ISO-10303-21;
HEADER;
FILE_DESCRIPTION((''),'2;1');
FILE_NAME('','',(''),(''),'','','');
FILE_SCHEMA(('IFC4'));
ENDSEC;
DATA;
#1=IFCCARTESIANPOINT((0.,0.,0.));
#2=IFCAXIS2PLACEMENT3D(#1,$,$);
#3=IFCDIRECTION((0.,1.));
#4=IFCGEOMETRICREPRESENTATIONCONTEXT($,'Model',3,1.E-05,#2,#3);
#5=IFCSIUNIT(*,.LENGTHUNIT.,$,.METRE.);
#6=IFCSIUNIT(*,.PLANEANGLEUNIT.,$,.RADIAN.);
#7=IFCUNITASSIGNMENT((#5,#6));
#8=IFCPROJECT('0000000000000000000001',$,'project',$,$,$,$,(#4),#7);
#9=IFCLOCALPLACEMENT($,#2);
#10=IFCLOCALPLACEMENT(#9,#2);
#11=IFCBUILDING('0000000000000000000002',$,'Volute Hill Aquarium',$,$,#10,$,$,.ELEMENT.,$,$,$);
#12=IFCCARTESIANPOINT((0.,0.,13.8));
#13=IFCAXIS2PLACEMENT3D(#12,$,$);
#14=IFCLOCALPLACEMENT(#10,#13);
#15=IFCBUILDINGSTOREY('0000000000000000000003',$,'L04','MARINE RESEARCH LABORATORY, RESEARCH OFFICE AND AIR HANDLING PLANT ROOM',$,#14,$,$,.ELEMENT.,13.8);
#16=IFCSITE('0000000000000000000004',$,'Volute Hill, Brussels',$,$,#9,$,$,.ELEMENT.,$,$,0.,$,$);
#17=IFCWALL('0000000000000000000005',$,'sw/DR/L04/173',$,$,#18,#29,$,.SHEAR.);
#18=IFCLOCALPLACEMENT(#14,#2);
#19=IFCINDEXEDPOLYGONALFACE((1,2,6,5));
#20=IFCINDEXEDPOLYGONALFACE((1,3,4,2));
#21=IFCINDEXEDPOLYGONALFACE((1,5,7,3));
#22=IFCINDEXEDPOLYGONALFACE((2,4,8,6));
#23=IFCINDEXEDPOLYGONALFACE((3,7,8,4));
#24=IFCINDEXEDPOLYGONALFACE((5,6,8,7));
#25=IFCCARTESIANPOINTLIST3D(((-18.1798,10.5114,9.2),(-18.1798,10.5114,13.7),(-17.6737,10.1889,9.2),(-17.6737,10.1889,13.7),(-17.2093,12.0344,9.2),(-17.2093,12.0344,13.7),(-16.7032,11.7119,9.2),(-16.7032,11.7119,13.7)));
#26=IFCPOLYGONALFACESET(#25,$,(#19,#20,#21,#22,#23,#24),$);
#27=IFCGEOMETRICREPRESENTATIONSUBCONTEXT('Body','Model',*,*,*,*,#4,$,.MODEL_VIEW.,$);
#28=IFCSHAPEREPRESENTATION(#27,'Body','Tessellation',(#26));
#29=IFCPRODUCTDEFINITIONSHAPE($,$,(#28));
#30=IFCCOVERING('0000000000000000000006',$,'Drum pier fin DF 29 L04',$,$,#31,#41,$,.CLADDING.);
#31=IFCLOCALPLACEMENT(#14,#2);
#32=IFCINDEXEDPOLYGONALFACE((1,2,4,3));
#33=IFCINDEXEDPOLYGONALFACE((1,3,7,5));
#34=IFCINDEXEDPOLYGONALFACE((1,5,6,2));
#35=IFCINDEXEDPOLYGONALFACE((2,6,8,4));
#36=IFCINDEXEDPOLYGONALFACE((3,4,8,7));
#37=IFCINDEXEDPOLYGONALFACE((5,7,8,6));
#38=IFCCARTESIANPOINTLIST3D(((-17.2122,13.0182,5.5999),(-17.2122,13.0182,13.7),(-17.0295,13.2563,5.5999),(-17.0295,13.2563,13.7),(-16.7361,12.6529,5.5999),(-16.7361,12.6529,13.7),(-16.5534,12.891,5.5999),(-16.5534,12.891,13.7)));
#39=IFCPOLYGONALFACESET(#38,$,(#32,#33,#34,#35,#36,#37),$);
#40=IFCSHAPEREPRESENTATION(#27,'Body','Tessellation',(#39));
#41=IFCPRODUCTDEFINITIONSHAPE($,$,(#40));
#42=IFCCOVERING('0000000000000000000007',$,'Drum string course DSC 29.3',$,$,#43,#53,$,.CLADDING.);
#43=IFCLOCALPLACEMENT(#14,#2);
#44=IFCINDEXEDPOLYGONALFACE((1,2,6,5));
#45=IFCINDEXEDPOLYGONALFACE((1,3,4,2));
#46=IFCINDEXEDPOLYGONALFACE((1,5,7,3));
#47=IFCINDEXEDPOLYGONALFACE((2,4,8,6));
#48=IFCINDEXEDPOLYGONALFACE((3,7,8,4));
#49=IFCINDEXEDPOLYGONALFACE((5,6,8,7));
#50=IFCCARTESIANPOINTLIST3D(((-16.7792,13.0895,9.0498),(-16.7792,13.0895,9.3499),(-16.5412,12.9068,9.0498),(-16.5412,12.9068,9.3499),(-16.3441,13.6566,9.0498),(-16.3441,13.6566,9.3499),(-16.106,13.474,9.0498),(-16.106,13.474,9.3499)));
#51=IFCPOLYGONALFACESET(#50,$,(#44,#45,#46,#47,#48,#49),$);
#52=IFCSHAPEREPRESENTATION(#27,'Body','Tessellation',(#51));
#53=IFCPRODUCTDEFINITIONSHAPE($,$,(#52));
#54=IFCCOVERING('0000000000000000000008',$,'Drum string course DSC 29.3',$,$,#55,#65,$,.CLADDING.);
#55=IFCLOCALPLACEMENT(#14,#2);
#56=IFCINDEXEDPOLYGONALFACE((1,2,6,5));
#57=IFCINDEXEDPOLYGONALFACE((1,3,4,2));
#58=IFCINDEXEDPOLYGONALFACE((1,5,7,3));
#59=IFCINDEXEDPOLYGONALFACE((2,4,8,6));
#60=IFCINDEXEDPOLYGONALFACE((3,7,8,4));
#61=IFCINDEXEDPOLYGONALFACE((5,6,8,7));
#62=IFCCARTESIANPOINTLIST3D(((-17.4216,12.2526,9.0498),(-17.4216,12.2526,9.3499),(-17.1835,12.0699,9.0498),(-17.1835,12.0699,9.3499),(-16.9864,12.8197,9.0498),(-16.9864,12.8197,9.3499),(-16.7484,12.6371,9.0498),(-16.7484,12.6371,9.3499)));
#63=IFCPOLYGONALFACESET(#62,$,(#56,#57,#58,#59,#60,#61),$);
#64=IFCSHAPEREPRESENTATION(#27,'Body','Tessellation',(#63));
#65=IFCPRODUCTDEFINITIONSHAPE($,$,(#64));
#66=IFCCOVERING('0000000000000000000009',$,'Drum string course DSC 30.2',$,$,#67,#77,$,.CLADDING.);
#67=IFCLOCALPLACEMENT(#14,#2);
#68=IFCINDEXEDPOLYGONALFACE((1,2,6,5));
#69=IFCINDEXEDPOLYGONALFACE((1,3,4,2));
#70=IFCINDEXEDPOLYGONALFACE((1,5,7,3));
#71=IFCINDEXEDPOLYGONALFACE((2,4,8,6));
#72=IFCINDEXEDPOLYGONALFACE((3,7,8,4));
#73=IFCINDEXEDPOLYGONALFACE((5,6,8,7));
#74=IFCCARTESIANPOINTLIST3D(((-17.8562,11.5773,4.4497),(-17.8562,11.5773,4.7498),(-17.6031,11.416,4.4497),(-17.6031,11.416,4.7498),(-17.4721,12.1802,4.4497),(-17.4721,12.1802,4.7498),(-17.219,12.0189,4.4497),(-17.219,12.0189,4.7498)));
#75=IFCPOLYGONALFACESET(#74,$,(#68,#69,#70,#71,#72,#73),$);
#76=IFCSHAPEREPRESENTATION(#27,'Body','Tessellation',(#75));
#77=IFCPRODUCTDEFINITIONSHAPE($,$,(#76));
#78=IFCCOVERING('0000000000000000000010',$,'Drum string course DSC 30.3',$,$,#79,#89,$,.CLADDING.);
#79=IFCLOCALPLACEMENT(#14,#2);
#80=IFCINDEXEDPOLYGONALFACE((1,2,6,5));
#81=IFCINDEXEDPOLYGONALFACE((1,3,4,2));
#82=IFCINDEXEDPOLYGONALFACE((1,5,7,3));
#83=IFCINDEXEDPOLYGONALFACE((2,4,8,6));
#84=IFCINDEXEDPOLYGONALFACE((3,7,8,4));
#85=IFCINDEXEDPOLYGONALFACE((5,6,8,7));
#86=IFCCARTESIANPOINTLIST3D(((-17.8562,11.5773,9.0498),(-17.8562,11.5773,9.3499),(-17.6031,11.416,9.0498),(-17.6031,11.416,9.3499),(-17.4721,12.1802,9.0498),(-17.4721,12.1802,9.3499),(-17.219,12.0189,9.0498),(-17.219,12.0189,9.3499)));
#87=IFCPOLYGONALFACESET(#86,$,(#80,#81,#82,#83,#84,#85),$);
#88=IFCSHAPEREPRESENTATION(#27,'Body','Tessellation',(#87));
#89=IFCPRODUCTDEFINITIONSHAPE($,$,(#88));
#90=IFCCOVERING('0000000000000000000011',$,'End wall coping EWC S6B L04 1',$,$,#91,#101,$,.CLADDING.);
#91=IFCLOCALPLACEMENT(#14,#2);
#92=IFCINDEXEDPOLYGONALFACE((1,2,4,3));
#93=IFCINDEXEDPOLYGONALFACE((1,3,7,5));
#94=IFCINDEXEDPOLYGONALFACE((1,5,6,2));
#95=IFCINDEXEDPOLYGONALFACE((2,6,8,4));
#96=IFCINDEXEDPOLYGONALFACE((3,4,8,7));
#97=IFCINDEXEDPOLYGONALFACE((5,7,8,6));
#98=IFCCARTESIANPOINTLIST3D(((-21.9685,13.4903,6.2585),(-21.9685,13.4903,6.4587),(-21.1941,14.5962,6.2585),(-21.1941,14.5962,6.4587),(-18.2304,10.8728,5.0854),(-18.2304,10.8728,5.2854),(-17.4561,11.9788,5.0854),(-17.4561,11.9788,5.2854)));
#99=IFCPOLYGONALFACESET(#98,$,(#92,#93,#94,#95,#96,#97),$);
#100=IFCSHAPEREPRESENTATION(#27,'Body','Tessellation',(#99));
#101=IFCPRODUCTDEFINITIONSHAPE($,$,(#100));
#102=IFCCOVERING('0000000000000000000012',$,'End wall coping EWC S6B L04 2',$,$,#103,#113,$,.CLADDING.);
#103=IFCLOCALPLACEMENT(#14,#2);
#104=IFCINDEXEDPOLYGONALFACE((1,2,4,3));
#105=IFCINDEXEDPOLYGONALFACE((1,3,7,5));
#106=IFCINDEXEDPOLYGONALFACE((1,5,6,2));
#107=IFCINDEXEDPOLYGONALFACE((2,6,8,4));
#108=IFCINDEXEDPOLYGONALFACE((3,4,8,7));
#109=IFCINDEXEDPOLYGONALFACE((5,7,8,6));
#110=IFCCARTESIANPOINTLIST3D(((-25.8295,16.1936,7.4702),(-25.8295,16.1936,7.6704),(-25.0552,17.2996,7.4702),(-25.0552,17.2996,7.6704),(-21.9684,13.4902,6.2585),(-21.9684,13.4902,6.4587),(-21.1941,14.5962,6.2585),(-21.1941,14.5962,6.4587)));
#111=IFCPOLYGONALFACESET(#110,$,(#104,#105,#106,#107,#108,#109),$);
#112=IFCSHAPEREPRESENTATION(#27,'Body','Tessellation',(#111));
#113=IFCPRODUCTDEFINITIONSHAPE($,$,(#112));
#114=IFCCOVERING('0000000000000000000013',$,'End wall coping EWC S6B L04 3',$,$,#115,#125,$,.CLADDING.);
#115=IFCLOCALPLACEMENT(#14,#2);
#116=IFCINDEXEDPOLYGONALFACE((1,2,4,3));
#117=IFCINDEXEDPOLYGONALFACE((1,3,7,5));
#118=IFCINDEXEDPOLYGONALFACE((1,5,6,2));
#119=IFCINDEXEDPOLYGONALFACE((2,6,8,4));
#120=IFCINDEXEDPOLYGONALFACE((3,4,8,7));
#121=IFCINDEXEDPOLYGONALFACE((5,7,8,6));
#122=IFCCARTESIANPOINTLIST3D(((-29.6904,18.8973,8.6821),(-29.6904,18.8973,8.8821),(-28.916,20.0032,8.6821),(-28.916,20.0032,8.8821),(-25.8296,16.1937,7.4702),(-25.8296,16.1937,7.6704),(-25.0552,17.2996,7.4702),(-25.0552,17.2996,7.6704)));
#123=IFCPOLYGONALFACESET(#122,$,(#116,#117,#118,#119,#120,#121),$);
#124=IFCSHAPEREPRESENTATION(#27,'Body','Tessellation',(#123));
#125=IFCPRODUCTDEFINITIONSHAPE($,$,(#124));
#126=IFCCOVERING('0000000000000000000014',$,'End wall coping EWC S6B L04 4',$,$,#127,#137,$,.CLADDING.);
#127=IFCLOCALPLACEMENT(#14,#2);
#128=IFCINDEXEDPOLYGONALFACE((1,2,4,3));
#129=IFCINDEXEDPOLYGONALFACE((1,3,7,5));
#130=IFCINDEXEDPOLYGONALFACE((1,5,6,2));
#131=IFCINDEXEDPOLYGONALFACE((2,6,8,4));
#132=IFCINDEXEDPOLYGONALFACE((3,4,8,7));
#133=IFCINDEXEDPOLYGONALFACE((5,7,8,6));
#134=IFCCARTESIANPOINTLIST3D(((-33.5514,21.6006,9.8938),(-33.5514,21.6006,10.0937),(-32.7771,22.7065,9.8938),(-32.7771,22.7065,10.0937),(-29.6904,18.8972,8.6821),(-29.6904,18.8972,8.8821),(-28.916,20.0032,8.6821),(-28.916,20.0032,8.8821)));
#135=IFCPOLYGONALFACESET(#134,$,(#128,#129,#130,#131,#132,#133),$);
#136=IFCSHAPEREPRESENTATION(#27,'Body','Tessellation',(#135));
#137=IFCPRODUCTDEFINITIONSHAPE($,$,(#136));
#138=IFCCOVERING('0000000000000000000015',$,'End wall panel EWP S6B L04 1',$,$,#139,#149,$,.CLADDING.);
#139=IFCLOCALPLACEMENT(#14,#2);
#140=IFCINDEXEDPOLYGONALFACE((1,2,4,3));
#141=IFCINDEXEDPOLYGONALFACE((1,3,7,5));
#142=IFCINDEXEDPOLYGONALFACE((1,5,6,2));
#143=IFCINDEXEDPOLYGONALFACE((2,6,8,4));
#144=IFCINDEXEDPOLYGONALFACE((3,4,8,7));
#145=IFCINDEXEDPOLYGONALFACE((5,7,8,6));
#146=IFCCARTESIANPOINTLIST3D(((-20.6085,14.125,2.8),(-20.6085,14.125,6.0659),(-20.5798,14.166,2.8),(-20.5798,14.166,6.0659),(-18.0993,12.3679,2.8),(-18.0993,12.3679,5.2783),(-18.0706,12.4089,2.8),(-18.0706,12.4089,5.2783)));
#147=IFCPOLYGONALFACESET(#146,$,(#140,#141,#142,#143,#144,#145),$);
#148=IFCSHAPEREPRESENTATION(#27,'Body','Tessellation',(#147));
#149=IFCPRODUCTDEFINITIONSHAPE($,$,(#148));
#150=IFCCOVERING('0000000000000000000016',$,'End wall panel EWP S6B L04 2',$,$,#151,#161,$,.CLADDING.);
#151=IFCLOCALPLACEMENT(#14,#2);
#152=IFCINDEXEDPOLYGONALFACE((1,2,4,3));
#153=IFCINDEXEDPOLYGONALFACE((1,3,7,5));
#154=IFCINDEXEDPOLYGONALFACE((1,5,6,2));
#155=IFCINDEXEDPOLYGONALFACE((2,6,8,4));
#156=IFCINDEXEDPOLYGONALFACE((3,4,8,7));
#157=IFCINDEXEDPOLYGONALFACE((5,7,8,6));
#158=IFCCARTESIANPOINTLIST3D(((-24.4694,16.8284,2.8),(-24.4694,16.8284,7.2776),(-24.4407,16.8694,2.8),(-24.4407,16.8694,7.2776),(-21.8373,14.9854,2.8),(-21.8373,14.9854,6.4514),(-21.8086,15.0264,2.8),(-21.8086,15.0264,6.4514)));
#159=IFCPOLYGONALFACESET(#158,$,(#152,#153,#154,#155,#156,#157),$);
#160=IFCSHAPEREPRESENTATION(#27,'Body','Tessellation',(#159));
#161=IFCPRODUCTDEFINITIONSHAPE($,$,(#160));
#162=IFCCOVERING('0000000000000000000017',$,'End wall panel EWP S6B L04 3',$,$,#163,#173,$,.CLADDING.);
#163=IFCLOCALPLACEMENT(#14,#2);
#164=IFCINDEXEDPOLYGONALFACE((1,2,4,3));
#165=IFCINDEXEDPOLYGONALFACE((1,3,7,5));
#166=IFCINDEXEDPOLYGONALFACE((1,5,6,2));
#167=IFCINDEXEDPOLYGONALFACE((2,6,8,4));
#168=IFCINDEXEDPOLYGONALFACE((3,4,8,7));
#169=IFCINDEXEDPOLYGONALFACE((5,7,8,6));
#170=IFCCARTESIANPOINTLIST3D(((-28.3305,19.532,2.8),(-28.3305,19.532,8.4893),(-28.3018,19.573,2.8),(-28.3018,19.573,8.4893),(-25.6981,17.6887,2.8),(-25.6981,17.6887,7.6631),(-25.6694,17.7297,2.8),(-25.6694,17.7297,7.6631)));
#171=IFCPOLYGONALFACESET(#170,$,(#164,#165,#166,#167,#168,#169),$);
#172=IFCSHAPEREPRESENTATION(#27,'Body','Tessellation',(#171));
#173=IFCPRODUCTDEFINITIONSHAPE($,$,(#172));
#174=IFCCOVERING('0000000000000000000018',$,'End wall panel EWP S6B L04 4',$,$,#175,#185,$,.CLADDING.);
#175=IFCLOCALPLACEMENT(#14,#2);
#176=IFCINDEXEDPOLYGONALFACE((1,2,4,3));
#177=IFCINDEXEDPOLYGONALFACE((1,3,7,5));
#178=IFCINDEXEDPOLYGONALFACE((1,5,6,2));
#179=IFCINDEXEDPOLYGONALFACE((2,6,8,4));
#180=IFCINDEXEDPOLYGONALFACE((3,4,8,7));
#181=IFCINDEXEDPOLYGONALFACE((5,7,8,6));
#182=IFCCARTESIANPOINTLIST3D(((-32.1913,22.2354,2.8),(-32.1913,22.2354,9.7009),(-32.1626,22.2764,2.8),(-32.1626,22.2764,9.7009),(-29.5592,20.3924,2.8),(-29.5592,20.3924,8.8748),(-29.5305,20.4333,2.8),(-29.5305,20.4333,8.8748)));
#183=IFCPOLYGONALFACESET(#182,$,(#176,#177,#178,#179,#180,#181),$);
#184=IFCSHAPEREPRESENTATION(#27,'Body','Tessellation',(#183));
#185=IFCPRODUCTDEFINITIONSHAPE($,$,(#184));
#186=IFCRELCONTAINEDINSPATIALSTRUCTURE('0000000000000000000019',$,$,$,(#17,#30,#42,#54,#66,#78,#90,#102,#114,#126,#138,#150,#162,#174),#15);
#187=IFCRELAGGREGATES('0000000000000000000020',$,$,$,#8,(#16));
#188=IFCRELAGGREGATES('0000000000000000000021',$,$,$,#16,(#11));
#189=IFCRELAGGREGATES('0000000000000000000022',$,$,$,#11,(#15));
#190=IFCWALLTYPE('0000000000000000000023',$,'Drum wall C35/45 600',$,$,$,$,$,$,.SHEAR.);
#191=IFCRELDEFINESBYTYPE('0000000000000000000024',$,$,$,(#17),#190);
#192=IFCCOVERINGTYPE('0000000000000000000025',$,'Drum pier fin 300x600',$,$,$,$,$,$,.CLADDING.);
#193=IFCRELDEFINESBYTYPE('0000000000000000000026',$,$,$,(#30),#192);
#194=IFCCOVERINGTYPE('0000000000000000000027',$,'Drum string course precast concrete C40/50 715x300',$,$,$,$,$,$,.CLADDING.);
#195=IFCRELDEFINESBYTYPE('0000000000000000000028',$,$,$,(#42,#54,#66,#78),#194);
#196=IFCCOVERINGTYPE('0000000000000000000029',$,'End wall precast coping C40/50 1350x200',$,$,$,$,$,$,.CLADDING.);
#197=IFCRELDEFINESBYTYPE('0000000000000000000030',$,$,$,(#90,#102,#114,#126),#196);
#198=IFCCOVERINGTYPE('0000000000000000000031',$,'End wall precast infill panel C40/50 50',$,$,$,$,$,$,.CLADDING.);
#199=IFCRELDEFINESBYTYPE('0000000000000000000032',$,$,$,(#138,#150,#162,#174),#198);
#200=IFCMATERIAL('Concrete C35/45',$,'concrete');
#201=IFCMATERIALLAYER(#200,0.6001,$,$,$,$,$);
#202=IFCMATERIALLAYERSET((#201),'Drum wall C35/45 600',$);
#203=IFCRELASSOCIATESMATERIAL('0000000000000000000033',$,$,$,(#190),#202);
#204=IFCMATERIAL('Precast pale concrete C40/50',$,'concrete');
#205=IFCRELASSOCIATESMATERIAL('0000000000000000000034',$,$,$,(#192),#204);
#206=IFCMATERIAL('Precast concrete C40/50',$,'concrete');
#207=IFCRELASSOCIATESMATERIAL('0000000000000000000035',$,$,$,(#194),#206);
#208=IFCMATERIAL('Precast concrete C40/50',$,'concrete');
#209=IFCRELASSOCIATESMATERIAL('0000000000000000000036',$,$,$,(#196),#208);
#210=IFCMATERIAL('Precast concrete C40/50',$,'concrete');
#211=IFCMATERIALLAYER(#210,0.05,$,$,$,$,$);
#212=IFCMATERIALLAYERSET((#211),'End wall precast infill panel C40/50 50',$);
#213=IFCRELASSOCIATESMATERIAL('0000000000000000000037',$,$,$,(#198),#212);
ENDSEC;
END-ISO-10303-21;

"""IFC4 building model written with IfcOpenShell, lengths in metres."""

from ifc_helpers import new_model, si_unit, direction, frame, frame_2d, origin, origin_2d, place, context, subcontext, project, spatial, polyline, rectangle, outline, extrude, material, layer, layer_set, type_object, element, save


model = new_model("IFC4")

# Units and contexts
model_context = context("Model", 3, precision=1e-05, world=origin(), true_north=direction((0.0, 1.0)))
body_context = subcontext(model_context, "Body", "Model", "MODEL_VIEW")
ifc_project = project(units=[si_unit("LENGTHUNIT", "METRE"), si_unit("PLANEANGLEUNIT", "RADIAN")], contexts=[model_context])

# Site, building, storey
site_placement = place(None, origin())
site = spatial("IfcSite", under=ifc_project, at=site_placement, Name="Volute Hill, Brussels", CompositionType="ELEMENT", RefElevation=0.0)
building_placement = place(site_placement, origin())
building = spatial("IfcBuilding", under=site, at=building_placement, Name="Volute Hill Aquarium", CompositionType="ELEMENT")
storey_placement = place(building_placement, frame((0.0, 0.0, 13.8)))
storey = spatial("IfcBuildingStorey", under=building, at=storey_placement, Name="L04", Description="MARINE RESEARCH LABORATORY, RESEARCH OFFICE AND AIR HANDLING PLANT ROOM", CompositionType="ELEMENT", Elevation=13.8)

# Wall
ifc_material_1 = material(Name="Concrete C35/45", Category="concrete")
ifc_layer_1 = layer(ifc_material_1, 0.6001)
ifc_layer_set_1 = layer_set([ifc_layer_1], Name="Drum wall C35/45 600")
wall_type = type_object("IfcWallType", Name="Drum wall C35/45 600", PredefinedType="SHEAR", material=ifc_layer_set_1)
wall_1_placement = place(storey_placement, frame((-16.9563, 11.873, 9.2), z_axis=(0.0, 0.0, 1.0), x_axis=(-0.537392, -0.843333, 0.0)))
element("IfcWall", 1, at=wall_1_placement, inside=storey, type_object=wall_type, Name="sw/DR/L04/173", PredefinedType="SHEAR", context=body_context, shape_type="SweptSolid", body=[
    extrude(rectangle(XDim=1.8059, YDim=0.6001, at=frame_2d((0.9028, 0.0))), origin(), (0.0, 0.0, 1.0), 4.5),
])

# Coverings
ifc_material_2 = material(Name="Precast pale concrete C40/50", Category="concrete")
covering_type_1 = type_object("IfcCoveringType", Name="Drum pier fin 300x600", PredefinedType="CLADDING", material=ifc_material_2)
covering_1_placement = place(storey_placement, frame((-16.8828, 12.9546, 5.5999), z_axis=(0.0, 0.0, 1.0), x_axis=(-0.608761, -0.793353, 0.0)))
element("IfcCovering", 2, at=covering_1_placement, inside=storey, type_object=covering_type_1, Name="Drum pier fin DF 29 L04", PredefinedType="CLADDING", context=body_context, shape_type="SweptSolid", body=[
    extrude(rectangle(XDim=0.3, YDim=0.6001, at=origin_2d()), origin(), (0.0, 0.0, 1.0), 8.1001),
])
ifc_material_3 = material(Name="Precast concrete C40/50", Category="concrete")
covering_type_2 = type_object("IfcCoveringType", Name="Drum string course precast concrete C40/50 715x300", PredefinedType="CLADDING", material=ifc_material_3)
for number, where, z_axis, x_axis, name in (
    (3, (-16.4426, 13.2817, 9.0498), (0.0, 0.0, 1.0), (-0.608761, -0.793353, 0.0), "Drum string course DSC 29.3"),
    (4, (-17.085, 12.4448, 9.0498), (0.0, 0.0, 1.0), (-0.608761, -0.793353, 0.0), "Drum string course DSC 29.3"),
    (5, (-17.5376, 11.7981, 4.4497), (0.0, 0.0, 1.0), (-0.5373, -0.843391, 0.0), "Drum string course DSC 30.2"),
    (6, (-17.5376, 11.7981, 9.0498), (0.0, 0.0, 1.0), (-0.5373, -0.843391, 0.0), "Drum string course DSC 30.3"),
):
    element("IfcCovering", number, at=place(storey_placement, frame(where, z_axis=z_axis, x_axis=x_axis)), inside=storey, type_object=covering_type_2, Name=name, PredefinedType="CLADDING", context=body_context, shape_type="SweptSolid", body=[
        extrude(rectangle(XDim=0.7148, YDim=0.3, at=origin_2d()), origin(), (0.0, 0.0, 1.0), 0.3),
    ])
ifc_material_4 = material(Name="Precast concrete C40/50", Category="concrete")
covering_type_3 = type_object("IfcCoveringType", Name="End wall precast coping C40/50 1350x200", PredefinedType="CLADDING", material=ifc_material_4)
covering_2_placement = place(storey_placement, frame((-17.4561, 11.9788, 5.0854), z_axis=(0.573581, 0.819149, 0.0), x_axis=(-0.793354, 0.555519, 0.248976)))
element("IfcCovering", 7, at=covering_2_placement, inside=storey, type_object=covering_type_3, Name="End wall coping EWC S6B L04 1", PredefinedType="CLADDING", context=body_context, shape_type="SweptSolid", body=[
    extrude(outline(polyline([(0.0, 0.0), (4.7117, 0.0), (4.7615, 0.1939), (0.0498, 0.1937), (0.0, 0.0)])), origin(), (0.0, 0.0, -1.0), 1.3501),
])
covering_3_placement = place(storey_placement, frame((-21.1941, 14.5962, 6.2585), z_axis=(0.573549, 0.819171, 0.0), x_axis=(-0.793376, 0.555488, 0.248974)))
element("IfcCovering", 8, at=covering_3_placement, inside=storey, type_object=covering_type_3, Name="End wall coping EWC S6B L04 2", PredefinedType="CLADDING", context=body_context, shape_type="SweptSolid", body=[
    extrude(outline(polyline([(0.0, 0.0), (4.8667, 0.0), (4.9165, 0.1939), (0.0498, 0.1939), (0.0, 0.0)])), origin(), (0.0, 0.0, -1.0), 1.3501),
])
covering_4_placement = place(storey_placement, frame((-25.0552, 17.2996, 7.4702), z_axis=(0.573608, 0.81913, 0.0), x_axis=(-0.793325, 0.555538, 0.249024)))
element("IfcCovering", 9, at=covering_4_placement, inside=storey, type_object=covering_type_3, Name="End wall coping EWC S6B L04 3", PredefinedType="CLADDING", context=body_context, shape_type="SweptSolid", body=[
    extrude(outline(polyline([(0.0, 0.0), (4.8667, 0.0), (4.9164, 0.1937), (0.0499, 0.1939), (0.0, 0.0)])), origin(), (0.0, 0.0, -1.0), 1.3501),
])
covering_5_placement = place(storey_placement, frame((-28.916, 20.0032, 8.6821), z_axis=(0.573549, 0.819171, 0.0), x_axis=(-0.793376, 0.555488, 0.248974)))
element("IfcCovering", 10, at=covering_5_placement, inside=storey, type_object=covering_type_3, Name="End wall coping EWC S6B L04 4", PredefinedType="CLADDING", context=body_context, shape_type="SweptSolid", body=[
    extrude(outline(polyline([(0.0, 0.0), (4.8667, 0.0), (4.9164, 0.1937), (0.0498, 0.1937), (0.0, 0.0)])), origin(), (0.0, 0.0, -1.0), 1.3501),
])
ifc_material_5 = material(Name="Precast concrete C40/50", Category="concrete")
ifc_layer_2 = layer(ifc_material_5, 0.05)
ifc_layer_set_2 = layer_set([ifc_layer_2], Name="End wall precast infill panel C40/50 50")
covering_type_4 = type_object("IfcCoveringType", Name="End wall precast infill panel C40/50 50", PredefinedType="CLADDING", material=ifc_layer_set_2)
covering_6_placement = place(storey_placement, frame((-18.0706, 12.4089, 2.8), z_axis=(0.573591, 0.819142, 0.0), x_axis=(-0.819142, 0.573591, 0.0)))
element("IfcCovering", 11, at=covering_6_placement, inside=storey, type_object=covering_type_4, Name="End wall panel EWP S6B L04 1", PredefinedType="CLADDING", context=body_context, shape_type="SweptSolid", body=[
    extrude(outline(polyline([(0.0, 0.0), (3.0633, 0.0), (3.0633, 3.2659), (0.0, 2.4783), (0.0, 0.0)])), origin(), (0.0, 0.0, -1.0), 0.05),
])
covering_7_placement = place(storey_placement, frame((-21.8086, 15.0264, 2.8), z_axis=(0.57358, 0.81915, 0.0), x_axis=(-0.81915, 0.57358, 0.0)))
element("IfcCovering", 12, at=covering_7_placement, inside=storey, type_object=covering_type_4, Name="End wall panel EWP S6B L04 2", PredefinedType="CLADDING", context=body_context, shape_type="SweptSolid", body=[
    extrude(outline(polyline([(0.0, 0.0), (3.2132, 0.0), (3.2132, 4.4775), (0.0, 3.6514), (0.0, 0.0)])), origin(), (0.0, 0.0, -1.0), 0.05),
])
covering_8_placement = place(storey_placement, frame((-25.6694, 17.7297, 2.8), z_axis=(0.573595, 0.819139, 0.0), x_axis=(-0.819139, 0.573595, 0.0)))
element("IfcCovering", 13, at=covering_8_placement, inside=storey, type_object=covering_type_4, Name="End wall panel EWP S6B L04 3", PredefinedType="CLADDING", context=body_context, shape_type="SweptSolid", body=[
    extrude(outline(polyline([(0.0, 0.0), (3.2135, 0.0), (3.2135, 5.6892), (0.0, 4.863), (0.0, 0.0)])), origin(), (0.0, 0.0, -1.0), 0.05),
])
covering_9_placement = place(storey_placement, frame((-29.5305, 20.4333, 2.8), z_axis=(0.57358, 0.81915, 0.0), x_axis=(-0.81915, 0.57358, 0.0)))
element("IfcCovering", 14, at=covering_9_placement, inside=storey, type_object=covering_type_4, Name="End wall panel EWP S6B L04 4", PredefinedType="CLADDING", context=body_context, shape_type="SweptSolid", body=[
    extrude(outline(polyline([(0.0, 0.0), (3.2132, 0.0), (3.2132, 6.9009), (0.0, 6.0747), (0.0, 0.0)])), origin(), (0.0, 0.0, -1.0), 0.05),
])

save(model, "model.ifc")
